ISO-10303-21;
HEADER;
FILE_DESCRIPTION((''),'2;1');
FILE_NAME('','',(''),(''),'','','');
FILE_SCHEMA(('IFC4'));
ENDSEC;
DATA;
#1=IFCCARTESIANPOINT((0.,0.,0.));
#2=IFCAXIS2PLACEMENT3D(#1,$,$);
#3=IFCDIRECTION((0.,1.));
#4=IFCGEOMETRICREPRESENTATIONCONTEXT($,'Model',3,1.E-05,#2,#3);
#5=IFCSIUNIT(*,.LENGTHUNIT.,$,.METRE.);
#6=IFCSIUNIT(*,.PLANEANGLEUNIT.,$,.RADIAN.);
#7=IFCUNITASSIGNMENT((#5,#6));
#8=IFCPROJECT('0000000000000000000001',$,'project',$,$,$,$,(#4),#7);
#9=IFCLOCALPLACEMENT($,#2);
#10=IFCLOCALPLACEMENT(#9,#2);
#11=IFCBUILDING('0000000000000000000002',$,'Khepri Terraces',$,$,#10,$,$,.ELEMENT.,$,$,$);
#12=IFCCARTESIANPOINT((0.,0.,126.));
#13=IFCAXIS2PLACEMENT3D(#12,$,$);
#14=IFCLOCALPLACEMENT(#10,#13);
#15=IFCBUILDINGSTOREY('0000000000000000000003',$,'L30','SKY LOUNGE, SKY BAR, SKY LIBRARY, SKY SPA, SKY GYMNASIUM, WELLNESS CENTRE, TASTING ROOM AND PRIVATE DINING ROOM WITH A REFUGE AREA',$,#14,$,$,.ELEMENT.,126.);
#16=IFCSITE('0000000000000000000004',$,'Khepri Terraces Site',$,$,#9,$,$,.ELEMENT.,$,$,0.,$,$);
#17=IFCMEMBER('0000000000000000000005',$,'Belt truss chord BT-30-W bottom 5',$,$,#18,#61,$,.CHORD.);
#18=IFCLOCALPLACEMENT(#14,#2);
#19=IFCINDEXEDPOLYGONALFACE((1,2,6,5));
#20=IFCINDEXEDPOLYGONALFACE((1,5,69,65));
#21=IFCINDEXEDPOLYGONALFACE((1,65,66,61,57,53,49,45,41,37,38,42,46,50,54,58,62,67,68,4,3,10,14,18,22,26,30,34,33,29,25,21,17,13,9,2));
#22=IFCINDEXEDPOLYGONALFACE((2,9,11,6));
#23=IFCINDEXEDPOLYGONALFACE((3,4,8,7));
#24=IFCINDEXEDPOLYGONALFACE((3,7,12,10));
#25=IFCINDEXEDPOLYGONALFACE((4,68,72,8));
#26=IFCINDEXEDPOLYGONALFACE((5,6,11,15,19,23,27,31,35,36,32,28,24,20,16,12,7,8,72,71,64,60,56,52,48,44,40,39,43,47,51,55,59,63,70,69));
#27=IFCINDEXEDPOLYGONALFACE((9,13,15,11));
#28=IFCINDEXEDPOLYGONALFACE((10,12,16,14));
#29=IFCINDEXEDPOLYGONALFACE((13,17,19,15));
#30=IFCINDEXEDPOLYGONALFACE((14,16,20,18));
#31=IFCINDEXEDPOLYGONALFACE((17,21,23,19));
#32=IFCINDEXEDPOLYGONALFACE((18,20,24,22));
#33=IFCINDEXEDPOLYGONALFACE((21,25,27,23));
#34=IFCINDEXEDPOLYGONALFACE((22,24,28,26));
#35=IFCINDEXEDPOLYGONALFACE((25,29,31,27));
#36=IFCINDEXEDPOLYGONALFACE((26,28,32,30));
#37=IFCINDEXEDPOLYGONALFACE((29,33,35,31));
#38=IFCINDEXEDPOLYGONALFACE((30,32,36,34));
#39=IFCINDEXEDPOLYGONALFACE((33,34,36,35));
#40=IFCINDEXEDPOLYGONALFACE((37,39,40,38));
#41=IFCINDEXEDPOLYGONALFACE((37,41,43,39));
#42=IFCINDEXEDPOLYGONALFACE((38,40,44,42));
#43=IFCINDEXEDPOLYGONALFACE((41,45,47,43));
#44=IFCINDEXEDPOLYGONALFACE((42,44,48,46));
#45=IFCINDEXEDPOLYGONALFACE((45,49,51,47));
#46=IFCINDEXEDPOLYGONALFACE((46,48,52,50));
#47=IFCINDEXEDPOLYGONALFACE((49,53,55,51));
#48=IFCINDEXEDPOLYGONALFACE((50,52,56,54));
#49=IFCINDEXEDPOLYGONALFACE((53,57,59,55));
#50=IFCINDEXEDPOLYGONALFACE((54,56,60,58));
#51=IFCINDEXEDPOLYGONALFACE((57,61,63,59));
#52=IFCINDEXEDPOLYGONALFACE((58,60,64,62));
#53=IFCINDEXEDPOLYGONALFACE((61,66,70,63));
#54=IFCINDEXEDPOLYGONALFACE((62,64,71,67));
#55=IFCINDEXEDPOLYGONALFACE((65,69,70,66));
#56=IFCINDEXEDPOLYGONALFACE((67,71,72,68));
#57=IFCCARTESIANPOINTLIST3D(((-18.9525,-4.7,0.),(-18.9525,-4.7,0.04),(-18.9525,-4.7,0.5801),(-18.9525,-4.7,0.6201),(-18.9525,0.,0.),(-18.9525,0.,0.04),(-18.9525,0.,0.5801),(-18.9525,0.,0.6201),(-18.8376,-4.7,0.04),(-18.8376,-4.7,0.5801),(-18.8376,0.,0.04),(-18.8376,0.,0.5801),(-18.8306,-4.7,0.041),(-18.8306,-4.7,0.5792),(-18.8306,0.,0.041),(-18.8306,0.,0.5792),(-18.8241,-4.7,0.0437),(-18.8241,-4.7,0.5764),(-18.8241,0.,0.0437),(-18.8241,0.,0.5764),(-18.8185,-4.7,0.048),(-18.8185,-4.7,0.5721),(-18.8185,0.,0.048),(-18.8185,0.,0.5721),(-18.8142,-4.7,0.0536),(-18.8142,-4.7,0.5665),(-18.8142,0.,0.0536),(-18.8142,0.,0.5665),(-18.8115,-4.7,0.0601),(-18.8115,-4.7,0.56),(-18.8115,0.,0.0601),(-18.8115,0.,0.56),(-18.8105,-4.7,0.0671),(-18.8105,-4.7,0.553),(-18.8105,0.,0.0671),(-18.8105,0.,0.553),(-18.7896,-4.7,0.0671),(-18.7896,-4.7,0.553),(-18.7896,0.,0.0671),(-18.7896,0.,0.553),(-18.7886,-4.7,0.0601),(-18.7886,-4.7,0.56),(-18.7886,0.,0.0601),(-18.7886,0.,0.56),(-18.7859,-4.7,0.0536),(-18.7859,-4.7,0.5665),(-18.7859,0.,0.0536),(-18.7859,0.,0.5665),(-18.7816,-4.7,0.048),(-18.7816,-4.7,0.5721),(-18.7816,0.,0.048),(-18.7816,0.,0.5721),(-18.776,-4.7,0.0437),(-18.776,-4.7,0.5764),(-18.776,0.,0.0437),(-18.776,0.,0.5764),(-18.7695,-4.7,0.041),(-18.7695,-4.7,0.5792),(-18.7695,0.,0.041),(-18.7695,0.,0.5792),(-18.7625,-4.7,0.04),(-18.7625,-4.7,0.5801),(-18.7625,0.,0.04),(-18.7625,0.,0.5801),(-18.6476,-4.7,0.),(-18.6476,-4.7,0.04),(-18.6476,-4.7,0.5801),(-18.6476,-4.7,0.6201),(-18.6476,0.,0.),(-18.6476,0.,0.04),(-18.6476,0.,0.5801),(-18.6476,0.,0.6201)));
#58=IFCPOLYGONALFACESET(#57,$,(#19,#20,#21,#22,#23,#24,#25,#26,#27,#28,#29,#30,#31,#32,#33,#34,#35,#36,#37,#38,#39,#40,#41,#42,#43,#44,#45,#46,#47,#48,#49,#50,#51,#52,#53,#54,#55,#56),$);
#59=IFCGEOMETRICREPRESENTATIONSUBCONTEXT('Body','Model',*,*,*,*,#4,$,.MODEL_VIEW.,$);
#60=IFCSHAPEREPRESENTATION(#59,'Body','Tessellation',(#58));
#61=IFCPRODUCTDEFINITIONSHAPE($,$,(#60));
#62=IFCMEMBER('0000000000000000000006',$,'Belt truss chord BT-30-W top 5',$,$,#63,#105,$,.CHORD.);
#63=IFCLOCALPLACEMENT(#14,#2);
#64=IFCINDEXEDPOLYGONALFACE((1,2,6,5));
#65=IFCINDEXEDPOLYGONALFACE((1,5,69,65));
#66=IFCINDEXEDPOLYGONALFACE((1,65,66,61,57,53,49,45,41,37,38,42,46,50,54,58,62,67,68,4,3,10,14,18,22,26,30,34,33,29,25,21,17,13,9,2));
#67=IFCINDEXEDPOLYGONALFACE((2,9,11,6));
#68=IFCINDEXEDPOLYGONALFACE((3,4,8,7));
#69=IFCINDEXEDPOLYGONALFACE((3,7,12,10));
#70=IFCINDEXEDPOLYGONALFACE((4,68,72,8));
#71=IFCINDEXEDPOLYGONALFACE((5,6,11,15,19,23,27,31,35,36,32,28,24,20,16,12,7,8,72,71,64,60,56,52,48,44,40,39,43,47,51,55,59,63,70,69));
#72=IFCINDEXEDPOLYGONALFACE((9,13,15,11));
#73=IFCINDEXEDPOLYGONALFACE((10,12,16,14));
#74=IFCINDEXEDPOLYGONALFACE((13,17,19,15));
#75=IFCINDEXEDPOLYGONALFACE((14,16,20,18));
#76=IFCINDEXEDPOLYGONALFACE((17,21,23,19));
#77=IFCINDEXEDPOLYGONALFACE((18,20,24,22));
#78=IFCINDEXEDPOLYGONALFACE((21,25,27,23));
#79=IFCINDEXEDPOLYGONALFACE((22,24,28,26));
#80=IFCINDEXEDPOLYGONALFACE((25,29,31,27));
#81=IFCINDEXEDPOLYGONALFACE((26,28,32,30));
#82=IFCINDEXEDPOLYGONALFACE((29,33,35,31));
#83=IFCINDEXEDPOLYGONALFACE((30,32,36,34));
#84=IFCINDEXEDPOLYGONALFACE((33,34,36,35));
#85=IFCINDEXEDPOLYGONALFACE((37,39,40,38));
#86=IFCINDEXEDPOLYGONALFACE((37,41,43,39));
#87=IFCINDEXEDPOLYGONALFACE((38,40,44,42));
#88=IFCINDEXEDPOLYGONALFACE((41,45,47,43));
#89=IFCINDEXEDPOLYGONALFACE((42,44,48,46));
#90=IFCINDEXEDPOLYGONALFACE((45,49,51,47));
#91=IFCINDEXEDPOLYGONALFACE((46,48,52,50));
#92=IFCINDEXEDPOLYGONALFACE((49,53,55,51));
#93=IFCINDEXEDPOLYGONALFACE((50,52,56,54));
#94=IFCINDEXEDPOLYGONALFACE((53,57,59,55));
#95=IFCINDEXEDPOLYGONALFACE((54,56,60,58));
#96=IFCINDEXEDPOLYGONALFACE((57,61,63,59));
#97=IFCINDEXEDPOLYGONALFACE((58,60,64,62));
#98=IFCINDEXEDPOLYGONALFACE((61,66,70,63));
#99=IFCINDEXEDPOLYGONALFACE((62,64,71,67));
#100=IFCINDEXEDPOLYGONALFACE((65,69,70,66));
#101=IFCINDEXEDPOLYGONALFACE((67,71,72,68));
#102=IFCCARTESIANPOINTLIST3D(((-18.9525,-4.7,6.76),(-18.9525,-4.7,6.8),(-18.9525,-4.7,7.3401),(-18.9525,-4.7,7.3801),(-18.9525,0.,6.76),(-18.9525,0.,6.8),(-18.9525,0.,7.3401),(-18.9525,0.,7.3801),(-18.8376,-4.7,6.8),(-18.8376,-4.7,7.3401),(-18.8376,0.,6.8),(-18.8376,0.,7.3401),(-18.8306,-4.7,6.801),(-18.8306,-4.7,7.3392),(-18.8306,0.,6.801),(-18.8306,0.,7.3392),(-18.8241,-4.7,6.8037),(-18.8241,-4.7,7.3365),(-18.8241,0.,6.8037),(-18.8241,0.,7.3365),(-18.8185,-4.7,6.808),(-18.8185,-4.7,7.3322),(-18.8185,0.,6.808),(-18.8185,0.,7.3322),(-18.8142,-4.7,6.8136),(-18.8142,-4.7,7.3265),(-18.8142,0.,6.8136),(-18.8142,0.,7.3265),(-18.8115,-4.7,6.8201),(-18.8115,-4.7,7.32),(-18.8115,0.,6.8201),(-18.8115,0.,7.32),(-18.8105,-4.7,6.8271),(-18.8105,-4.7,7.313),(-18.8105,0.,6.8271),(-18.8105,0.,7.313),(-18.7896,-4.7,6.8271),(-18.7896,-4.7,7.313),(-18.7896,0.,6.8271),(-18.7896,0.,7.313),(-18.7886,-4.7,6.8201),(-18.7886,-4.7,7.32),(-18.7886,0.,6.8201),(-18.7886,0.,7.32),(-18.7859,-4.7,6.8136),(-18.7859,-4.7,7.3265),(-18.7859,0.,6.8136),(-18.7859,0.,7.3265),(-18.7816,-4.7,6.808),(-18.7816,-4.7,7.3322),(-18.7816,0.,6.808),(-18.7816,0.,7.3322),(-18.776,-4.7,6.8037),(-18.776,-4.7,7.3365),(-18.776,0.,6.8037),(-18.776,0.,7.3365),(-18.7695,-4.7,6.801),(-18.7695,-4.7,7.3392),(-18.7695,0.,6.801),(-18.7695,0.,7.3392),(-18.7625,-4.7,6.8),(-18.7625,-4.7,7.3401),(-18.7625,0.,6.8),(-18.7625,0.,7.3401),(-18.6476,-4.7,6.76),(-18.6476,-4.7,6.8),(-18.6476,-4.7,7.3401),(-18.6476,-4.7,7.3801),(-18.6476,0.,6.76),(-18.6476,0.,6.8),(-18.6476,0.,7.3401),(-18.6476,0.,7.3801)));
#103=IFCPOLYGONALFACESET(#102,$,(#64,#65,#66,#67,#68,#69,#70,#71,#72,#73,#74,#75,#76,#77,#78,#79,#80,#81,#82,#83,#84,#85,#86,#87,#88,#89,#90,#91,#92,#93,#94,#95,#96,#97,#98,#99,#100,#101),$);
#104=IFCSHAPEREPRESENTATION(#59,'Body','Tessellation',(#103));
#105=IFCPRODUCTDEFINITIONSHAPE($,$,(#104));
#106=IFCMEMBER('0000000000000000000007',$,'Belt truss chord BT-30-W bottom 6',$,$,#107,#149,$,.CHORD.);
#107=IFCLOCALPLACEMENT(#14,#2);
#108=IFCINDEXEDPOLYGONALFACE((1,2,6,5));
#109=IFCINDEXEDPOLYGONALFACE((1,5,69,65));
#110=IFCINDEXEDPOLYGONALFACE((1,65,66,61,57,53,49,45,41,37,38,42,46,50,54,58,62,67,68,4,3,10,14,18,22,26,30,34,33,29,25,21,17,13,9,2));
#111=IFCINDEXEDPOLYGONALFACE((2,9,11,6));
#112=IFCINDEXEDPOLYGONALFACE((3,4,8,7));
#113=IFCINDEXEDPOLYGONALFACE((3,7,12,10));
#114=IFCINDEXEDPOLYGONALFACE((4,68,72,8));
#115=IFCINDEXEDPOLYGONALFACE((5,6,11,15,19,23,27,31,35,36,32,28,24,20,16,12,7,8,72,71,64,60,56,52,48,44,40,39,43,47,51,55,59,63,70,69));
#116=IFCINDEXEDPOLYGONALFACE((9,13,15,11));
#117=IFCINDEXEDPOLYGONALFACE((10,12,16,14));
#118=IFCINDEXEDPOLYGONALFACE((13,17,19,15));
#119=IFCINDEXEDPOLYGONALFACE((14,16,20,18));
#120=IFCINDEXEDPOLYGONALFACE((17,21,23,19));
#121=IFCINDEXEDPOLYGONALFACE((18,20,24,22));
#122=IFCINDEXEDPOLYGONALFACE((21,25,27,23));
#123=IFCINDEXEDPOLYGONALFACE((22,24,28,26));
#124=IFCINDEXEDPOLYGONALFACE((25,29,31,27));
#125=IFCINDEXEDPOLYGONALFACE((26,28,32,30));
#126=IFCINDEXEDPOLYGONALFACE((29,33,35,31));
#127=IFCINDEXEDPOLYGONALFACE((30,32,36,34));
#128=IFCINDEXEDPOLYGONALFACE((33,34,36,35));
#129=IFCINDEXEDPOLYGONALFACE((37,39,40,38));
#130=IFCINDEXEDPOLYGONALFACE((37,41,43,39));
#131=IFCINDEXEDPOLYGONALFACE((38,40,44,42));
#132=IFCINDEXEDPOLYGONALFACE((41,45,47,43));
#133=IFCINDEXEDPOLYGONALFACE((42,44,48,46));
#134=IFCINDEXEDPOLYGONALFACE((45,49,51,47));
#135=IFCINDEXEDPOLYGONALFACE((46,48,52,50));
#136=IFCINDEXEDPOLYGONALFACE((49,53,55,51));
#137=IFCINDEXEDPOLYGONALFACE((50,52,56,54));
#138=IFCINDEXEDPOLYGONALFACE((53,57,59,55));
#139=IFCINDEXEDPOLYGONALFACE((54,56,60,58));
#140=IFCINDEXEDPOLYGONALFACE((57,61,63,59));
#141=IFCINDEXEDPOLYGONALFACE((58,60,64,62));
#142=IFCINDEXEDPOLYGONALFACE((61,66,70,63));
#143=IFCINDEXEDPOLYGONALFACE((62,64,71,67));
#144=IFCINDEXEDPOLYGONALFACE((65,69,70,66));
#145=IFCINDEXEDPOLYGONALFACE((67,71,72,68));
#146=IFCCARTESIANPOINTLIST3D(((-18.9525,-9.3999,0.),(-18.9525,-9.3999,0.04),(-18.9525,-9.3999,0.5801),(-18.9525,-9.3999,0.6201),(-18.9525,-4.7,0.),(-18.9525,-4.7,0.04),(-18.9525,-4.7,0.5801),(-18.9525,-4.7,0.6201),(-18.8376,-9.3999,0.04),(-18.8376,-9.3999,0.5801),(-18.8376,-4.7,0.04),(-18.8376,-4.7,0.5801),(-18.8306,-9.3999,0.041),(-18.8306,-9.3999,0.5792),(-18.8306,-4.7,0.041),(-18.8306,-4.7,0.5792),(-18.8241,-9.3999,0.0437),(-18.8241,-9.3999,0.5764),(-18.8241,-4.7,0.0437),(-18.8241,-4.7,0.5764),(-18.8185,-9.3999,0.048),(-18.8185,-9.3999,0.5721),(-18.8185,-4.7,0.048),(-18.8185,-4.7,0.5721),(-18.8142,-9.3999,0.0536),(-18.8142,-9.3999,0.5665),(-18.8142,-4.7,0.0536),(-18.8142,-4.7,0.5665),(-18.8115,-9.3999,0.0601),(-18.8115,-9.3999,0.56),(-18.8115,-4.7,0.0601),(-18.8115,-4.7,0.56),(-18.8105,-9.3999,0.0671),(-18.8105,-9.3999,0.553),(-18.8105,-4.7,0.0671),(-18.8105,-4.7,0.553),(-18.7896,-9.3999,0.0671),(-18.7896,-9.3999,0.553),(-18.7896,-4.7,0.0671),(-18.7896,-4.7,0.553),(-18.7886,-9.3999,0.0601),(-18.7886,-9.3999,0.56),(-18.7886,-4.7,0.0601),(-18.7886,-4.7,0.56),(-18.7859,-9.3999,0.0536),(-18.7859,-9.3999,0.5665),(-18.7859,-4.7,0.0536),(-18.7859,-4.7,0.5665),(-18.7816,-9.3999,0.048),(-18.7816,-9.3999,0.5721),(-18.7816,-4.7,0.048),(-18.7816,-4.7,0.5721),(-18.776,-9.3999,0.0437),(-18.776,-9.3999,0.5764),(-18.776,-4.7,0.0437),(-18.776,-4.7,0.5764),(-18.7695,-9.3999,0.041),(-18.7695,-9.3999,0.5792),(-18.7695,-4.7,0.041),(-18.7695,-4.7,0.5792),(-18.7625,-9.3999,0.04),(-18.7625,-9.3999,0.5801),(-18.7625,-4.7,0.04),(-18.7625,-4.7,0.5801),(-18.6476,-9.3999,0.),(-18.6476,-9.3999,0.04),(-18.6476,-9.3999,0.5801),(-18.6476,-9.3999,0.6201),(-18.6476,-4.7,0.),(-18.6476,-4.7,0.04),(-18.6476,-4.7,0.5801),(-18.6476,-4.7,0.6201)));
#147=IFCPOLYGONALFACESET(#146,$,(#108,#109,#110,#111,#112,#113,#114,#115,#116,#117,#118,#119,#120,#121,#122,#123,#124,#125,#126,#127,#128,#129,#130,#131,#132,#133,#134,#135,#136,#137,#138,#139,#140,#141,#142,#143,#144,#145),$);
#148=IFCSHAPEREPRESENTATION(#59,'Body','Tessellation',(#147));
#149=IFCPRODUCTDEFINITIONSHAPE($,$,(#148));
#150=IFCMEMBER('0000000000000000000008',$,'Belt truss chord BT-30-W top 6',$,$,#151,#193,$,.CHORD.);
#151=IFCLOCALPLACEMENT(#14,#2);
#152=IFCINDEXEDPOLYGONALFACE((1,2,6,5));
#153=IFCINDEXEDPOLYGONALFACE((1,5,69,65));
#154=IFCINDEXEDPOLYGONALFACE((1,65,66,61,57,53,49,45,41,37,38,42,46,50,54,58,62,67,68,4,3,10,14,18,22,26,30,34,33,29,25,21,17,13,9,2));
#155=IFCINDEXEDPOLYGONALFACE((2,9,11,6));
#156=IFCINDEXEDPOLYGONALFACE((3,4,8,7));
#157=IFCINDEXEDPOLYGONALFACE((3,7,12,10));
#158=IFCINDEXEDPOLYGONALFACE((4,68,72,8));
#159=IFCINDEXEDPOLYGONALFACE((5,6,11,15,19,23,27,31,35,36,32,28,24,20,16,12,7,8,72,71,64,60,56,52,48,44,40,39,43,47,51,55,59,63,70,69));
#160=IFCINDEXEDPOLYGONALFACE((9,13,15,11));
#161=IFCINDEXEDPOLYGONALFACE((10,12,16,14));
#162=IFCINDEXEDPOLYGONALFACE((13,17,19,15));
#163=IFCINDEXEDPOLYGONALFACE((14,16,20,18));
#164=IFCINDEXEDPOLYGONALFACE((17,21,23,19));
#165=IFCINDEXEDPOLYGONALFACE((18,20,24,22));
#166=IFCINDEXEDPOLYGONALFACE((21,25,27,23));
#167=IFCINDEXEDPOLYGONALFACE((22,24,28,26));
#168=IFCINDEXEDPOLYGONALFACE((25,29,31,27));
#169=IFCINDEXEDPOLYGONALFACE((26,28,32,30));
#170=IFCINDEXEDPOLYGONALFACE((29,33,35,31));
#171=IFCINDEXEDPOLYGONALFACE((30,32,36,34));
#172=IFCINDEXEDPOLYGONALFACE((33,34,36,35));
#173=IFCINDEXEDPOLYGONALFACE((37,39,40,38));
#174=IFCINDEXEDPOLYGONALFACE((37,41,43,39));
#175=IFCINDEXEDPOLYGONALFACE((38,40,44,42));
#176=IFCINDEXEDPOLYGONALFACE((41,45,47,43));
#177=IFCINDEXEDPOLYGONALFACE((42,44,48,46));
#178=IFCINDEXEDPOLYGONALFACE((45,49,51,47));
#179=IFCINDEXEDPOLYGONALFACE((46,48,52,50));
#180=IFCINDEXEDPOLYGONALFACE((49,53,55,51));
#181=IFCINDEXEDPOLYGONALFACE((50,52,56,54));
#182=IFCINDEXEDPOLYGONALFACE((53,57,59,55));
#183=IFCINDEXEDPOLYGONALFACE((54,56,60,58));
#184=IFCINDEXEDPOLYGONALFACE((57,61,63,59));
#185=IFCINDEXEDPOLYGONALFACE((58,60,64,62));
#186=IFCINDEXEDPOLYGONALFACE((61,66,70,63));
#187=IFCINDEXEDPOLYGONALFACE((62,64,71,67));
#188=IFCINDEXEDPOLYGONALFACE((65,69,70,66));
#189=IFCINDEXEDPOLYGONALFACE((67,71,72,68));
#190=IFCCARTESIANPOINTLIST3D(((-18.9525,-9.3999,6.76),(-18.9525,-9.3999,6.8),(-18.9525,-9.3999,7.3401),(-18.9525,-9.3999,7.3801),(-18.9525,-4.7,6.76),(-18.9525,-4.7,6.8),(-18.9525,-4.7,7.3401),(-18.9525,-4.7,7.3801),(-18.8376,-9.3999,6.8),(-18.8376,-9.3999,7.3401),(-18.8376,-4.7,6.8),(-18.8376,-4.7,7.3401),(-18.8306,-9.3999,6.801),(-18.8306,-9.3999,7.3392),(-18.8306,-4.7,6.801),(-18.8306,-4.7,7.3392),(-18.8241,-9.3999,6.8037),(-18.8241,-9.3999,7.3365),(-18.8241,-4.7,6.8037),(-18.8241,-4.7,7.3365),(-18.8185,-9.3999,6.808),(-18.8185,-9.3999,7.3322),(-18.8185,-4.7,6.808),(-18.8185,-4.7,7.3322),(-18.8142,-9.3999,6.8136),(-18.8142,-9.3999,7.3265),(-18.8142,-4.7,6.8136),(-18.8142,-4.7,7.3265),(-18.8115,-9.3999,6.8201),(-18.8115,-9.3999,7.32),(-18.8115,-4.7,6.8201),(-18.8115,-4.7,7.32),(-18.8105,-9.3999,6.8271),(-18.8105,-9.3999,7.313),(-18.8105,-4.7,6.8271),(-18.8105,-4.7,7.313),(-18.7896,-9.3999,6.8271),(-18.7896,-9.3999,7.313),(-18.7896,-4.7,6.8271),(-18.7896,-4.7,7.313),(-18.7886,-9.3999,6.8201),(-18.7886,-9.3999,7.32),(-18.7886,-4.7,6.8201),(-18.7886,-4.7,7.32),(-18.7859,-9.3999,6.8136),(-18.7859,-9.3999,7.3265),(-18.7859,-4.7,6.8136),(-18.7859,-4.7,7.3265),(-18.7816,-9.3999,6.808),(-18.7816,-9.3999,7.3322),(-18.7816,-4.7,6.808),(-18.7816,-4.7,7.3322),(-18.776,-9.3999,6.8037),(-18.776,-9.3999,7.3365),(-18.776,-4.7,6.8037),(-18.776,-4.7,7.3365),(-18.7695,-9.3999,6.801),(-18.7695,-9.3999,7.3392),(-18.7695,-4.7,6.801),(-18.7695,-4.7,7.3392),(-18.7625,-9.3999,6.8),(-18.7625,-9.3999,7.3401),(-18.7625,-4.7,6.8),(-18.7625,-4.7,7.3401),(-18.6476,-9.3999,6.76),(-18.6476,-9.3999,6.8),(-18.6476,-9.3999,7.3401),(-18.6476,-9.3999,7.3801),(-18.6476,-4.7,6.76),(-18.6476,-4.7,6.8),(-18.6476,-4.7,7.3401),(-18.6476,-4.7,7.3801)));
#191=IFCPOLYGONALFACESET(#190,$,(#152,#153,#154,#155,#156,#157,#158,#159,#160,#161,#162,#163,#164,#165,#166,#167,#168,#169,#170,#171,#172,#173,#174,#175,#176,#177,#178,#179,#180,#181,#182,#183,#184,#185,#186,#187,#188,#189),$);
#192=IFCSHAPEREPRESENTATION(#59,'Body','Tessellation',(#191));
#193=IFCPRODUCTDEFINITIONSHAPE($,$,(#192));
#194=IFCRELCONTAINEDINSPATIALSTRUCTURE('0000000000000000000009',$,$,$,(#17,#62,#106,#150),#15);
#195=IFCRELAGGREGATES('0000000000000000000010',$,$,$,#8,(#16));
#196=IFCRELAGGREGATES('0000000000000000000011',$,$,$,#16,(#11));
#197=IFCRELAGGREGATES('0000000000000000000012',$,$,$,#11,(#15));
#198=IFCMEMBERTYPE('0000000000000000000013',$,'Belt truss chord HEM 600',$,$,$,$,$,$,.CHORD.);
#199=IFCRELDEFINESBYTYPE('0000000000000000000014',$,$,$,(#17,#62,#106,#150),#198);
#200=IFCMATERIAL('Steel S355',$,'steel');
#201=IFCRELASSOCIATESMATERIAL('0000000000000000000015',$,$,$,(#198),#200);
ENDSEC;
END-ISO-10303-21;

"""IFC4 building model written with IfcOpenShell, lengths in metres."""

from ifc_helpers import new_model, si_unit, direction, frame, origin, origin_2d, place, context, subcontext, project, spatial, i_section, extrude, material, material_profile, profile_set, type_object, element, save


model = new_model("IFC4")

# Units and contexts
model_context = context("Model", 3, precision=1e-05, world=origin(), true_north=direction((0.0, 1.0)))
body_context = subcontext(model_context, "Body", "Model", "MODEL_VIEW")
ifc_project = project(units=[si_unit("LENGTHUNIT", "METRE"), si_unit("PLANEANGLEUNIT", "RADIAN")], contexts=[model_context])

# Site, building, storey
site_placement = place(None, origin())
site = spatial("IfcSite", under=ifc_project, at=site_placement, Name="Khepri Terraces Site", CompositionType="ELEMENT", RefElevation=0.0)
building_placement = place(site_placement, origin())
building = spatial("IfcBuilding", under=site, at=building_placement, Name="Khepri Terraces", CompositionType="ELEMENT")
storey_placement = place(building_placement, frame((0.0, 0.0, 126.0)))
storey = spatial("IfcBuildingStorey", under=building, at=storey_placement, Name="L30", Description="SKY LOUNGE, SKY BAR, SKY LIBRARY, SKY SPA, SKY GYMNASIUM, WELLNESS CENTRE, TASTING ROOM AND PRIVATE DINING ROOM WITH A REFUGE AREA", CompositionType="ELEMENT", Elevation=126.0)

# Members
ifc_material_1 = material(Name="Steel S355", Category="steel")
ifc_material_profile_1 = material_profile(ifc_material_1, i_section(OverallWidth=0.3049, OverallDepth=0.6201, WebThickness=0.021, FlangeThickness=0.04, FilletRadius=0.0271, at=origin_2d()), Name="Steel S355", Category="steel")
ifc_profile_set_1 = profile_set([ifc_material_profile_1], Name="Steel S355")
member_type_1 = type_object("IfcMemberType", Name="Belt truss chord HEM 600", PredefinedType="CHORD", material=ifc_profile_set_1)
for number, where, z_axis, x_axis, name in (
    (1, (-18.8, 0.0, 0.3101), (0.0, -1.0, 0.0), (1.0, 0.0, 0.0), "Belt truss chord BT-30-W bottom 5"),
    (2, (-18.8, 0.0, 7.0701), (0.0, -1.0, 0.0), (1.0, 0.0, 0.0), "Belt truss chord BT-30-W top 5"),
    (3, (-18.8, -4.7, 0.3101), (0.0, -1.0, 0.0), (1.0, 0.0, 0.0), "Belt truss chord BT-30-W bottom 6"),
    (4, (-18.8, -4.7, 7.0701), (0.0, -1.0, 0.0), (1.0, 0.0, 0.0), "Belt truss chord BT-30-W top 6"),
):
    element("IfcMember", number, at=place(storey_placement, frame(where, z_axis=z_axis, x_axis=x_axis)), inside=storey, type_object=member_type_1, Name=name, PredefinedType="CHORD", context=body_context, shape_type="SweptSolid", body=[
        extrude(i_section(OverallWidth=0.3049, OverallDepth=0.6201, WebThickness=0.021, FlangeThickness=0.04, FilletRadius=0.0271, at=origin_2d()), origin(), (0.0, 0.0, 1.0), 4.7),
    ])

save(model, "model.ifc")
